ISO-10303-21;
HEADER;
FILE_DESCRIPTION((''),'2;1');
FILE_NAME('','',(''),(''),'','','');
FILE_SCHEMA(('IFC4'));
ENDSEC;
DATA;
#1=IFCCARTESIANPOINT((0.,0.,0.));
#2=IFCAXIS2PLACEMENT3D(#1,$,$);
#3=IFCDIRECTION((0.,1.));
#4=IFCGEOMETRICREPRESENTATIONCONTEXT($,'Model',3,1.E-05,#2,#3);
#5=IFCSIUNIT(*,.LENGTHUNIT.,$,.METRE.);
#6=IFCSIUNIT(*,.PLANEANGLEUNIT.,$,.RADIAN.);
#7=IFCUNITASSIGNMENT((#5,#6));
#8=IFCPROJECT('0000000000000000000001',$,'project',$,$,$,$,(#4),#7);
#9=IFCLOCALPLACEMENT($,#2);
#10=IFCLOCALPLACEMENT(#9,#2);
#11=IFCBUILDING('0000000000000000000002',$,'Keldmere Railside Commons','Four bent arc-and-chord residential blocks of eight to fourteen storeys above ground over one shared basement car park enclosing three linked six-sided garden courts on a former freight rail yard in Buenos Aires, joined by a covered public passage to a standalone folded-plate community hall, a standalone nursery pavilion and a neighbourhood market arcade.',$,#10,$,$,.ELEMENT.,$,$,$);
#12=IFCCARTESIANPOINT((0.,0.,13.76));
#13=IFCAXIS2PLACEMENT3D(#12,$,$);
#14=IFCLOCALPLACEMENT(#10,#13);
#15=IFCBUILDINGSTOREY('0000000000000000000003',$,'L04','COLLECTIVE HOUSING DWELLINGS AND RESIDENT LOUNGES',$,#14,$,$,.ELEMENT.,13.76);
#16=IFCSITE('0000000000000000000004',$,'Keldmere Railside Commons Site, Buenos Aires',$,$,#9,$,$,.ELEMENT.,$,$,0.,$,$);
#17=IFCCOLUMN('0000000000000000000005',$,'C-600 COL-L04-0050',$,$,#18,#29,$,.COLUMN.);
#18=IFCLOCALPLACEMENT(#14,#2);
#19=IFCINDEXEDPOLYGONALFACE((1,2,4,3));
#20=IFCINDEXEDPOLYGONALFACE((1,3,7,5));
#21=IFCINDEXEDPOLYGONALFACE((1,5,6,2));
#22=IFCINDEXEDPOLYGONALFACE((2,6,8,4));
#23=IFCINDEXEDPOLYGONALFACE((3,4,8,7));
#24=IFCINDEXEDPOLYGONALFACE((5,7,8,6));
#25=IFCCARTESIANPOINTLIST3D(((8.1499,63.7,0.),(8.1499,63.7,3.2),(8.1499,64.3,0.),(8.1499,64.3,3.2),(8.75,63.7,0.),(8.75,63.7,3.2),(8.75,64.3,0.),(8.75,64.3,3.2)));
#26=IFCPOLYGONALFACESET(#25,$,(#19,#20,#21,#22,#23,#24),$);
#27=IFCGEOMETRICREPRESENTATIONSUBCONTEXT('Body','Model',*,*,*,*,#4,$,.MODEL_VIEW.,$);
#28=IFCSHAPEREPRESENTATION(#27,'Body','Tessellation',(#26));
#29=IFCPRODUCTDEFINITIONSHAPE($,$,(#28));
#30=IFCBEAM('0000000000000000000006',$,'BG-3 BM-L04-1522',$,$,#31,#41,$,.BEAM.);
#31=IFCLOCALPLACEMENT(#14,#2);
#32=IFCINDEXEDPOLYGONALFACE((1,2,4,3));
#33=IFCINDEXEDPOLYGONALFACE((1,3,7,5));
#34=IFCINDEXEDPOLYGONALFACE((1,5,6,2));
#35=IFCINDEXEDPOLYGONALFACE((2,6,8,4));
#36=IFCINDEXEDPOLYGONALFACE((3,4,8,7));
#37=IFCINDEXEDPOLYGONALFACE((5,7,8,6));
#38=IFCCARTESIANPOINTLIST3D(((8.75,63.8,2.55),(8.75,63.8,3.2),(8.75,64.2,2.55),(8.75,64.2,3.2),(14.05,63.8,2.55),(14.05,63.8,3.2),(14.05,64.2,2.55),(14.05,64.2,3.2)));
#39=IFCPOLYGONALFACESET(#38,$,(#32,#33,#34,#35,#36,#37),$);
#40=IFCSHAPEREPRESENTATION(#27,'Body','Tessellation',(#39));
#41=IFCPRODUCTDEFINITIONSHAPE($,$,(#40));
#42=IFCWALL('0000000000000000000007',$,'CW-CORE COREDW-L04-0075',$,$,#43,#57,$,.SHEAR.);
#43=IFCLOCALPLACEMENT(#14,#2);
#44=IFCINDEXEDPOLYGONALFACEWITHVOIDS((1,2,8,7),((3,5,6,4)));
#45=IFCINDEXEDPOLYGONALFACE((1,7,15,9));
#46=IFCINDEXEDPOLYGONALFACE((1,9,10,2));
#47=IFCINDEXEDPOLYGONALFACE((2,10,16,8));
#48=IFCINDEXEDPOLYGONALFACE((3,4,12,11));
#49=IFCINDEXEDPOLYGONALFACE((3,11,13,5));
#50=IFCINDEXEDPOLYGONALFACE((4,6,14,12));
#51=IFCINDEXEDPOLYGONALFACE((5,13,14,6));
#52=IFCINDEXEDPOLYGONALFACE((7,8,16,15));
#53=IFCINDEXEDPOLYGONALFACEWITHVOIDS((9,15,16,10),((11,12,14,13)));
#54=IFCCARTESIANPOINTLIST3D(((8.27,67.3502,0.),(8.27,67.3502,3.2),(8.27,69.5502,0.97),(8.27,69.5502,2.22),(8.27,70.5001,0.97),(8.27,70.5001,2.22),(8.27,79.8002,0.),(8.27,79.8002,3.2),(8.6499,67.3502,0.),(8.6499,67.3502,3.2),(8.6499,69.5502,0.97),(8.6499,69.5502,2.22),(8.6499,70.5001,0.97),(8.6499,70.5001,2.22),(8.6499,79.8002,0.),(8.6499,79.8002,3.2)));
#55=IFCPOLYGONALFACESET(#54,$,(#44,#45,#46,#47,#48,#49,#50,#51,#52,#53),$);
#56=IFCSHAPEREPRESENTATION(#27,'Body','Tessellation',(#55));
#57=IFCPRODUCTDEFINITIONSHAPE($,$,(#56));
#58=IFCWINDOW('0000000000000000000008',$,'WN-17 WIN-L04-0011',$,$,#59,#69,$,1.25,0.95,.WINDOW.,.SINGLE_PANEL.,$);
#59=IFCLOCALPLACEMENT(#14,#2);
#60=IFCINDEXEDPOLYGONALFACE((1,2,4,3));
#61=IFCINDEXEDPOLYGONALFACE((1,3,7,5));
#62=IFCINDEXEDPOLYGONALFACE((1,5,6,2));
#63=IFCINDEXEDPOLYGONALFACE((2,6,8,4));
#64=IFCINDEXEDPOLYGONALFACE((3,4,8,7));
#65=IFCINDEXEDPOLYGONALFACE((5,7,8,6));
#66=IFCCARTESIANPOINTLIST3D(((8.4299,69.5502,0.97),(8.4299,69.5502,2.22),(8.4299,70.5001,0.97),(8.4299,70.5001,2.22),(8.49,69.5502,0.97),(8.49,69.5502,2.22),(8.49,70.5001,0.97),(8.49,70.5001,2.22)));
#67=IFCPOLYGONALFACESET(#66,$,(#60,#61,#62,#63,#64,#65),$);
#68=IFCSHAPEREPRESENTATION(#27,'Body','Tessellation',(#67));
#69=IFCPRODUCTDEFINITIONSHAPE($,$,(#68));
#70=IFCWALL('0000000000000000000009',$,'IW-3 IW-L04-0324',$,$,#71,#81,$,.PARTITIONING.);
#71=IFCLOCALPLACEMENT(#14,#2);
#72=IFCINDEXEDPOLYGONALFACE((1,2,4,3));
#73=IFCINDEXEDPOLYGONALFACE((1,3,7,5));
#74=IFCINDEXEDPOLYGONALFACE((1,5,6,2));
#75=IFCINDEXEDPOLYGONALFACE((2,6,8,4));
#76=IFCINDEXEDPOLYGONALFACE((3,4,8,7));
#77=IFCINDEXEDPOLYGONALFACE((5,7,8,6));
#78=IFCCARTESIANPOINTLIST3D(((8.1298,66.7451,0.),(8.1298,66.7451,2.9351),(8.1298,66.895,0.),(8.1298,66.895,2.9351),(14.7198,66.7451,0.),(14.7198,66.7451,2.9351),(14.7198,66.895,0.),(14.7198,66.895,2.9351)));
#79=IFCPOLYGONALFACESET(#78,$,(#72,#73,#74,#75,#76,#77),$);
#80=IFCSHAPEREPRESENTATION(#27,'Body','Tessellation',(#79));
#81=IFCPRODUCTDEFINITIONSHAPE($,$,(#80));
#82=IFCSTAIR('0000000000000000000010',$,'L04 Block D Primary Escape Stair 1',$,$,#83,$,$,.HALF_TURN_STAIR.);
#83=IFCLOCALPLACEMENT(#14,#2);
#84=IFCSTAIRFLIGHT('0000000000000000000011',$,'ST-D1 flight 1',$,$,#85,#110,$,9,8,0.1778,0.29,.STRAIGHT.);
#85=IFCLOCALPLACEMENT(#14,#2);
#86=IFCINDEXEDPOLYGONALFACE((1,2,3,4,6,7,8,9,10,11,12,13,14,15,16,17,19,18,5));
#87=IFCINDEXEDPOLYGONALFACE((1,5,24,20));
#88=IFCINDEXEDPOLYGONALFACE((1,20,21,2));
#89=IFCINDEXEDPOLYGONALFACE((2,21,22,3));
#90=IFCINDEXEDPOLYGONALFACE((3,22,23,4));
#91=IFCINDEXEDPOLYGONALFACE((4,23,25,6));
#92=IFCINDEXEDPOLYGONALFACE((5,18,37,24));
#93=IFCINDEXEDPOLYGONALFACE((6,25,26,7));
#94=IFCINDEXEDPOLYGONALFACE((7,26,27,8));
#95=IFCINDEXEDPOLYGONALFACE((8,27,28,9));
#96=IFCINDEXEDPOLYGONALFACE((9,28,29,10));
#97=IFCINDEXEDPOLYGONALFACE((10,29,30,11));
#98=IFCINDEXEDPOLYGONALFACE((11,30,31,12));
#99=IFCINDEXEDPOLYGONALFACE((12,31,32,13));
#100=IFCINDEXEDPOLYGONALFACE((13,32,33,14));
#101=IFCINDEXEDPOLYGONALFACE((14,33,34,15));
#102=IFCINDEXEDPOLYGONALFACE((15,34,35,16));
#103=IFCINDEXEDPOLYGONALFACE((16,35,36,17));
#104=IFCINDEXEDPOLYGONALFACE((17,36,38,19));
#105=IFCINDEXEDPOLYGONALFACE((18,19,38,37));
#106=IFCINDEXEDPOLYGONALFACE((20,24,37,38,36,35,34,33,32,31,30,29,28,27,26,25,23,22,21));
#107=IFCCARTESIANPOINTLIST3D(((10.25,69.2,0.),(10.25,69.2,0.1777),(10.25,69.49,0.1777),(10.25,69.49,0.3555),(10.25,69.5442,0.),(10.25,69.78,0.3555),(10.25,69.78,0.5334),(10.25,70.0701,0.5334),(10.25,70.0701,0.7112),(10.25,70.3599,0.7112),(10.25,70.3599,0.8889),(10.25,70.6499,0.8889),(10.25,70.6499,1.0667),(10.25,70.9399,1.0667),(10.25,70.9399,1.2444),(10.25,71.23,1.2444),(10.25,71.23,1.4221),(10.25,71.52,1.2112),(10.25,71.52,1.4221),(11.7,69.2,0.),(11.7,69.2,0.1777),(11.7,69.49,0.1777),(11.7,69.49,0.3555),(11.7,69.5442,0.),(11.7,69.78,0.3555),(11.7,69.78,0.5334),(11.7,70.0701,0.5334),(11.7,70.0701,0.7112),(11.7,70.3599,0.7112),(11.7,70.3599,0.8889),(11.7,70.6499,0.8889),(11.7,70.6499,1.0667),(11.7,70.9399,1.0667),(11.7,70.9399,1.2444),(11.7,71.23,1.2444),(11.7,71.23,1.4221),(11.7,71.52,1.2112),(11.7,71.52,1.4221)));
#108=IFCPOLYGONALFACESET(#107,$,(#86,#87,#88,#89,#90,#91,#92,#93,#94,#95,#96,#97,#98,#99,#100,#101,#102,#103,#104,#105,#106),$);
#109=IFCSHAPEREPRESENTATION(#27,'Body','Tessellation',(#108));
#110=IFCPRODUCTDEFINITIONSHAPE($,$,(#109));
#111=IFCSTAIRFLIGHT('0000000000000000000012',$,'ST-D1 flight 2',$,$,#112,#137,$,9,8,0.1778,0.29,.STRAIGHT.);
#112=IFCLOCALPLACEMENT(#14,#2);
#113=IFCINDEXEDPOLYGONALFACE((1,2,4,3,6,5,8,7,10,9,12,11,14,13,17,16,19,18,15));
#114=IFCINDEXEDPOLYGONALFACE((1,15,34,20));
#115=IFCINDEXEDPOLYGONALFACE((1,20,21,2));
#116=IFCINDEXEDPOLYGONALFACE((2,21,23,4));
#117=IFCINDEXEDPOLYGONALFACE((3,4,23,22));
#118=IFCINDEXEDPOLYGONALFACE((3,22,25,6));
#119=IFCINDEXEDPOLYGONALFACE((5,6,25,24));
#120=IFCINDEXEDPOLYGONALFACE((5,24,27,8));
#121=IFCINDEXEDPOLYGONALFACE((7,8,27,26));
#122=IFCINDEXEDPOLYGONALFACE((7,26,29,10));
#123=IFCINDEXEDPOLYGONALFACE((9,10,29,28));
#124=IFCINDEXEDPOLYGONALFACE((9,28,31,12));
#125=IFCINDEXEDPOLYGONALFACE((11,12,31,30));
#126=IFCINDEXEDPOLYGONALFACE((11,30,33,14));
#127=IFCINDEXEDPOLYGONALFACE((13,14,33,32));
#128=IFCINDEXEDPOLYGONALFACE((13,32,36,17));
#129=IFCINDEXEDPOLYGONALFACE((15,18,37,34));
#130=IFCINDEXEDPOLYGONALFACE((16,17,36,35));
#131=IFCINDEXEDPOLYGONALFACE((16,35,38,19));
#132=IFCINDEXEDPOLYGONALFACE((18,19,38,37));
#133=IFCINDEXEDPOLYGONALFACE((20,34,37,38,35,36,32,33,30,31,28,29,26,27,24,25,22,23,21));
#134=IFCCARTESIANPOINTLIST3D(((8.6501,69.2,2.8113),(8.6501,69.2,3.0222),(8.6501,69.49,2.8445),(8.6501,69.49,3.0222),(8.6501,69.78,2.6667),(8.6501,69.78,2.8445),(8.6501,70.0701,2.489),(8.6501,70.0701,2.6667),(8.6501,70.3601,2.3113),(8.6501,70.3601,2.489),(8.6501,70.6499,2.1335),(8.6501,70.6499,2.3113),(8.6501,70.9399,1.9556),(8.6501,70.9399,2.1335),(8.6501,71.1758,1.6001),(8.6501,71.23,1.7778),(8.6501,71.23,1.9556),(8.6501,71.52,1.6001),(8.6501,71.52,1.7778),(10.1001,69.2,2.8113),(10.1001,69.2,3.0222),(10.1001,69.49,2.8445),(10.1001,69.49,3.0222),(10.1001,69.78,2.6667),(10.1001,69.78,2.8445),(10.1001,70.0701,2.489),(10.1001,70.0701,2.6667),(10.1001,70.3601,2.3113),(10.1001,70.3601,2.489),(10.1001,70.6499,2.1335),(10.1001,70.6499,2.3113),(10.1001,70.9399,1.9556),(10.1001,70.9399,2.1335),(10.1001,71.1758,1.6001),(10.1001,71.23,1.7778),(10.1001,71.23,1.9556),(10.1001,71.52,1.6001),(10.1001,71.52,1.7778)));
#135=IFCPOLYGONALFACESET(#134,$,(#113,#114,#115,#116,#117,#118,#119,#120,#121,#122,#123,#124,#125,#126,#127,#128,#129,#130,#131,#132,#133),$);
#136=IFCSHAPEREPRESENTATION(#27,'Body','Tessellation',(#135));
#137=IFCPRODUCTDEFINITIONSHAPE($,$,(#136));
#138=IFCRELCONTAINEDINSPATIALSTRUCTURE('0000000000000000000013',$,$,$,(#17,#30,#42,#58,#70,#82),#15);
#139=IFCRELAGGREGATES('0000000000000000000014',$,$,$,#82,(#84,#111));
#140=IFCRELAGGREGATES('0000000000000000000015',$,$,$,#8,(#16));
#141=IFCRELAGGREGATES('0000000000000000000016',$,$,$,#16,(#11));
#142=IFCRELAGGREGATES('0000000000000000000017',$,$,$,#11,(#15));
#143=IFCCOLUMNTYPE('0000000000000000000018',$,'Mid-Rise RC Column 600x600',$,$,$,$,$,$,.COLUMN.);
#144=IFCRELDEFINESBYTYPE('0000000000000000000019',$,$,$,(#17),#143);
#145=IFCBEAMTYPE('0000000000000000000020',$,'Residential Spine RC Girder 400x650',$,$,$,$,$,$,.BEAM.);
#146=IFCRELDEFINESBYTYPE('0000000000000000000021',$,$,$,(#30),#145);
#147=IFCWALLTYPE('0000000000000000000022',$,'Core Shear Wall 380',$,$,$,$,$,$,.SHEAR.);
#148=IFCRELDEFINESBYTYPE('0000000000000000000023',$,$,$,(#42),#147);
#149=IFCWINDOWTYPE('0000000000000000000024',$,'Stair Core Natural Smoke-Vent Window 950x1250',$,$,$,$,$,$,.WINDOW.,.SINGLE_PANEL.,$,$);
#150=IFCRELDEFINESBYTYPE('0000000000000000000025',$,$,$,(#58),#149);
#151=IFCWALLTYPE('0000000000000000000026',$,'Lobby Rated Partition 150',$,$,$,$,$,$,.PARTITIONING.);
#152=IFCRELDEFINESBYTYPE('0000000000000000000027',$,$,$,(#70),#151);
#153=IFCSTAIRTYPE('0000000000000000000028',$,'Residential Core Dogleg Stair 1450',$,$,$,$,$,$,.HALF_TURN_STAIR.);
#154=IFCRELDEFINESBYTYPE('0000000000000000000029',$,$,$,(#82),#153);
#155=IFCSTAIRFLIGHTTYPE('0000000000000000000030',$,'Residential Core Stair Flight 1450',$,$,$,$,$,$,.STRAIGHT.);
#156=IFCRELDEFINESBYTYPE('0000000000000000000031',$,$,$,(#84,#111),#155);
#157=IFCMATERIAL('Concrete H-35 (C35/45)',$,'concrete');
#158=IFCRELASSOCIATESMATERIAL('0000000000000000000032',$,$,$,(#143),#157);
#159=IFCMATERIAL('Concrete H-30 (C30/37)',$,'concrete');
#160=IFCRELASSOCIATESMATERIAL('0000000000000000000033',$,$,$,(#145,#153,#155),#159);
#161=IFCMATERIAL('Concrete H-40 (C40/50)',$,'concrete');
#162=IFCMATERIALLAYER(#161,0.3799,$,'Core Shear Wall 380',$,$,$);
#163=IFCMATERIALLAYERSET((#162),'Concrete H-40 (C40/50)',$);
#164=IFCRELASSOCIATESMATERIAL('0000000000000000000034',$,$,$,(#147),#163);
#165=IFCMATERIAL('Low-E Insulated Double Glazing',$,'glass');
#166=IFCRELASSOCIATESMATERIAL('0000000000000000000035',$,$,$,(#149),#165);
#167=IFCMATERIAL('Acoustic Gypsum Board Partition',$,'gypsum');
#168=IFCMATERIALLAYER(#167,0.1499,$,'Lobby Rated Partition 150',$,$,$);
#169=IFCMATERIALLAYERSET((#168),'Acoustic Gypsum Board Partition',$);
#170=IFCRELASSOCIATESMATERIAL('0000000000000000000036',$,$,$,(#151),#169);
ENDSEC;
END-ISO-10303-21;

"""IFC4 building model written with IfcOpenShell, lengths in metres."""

from ifc_helpers import new_model, si_unit, direction, frame, frame_2d, origin, origin_2d, place, context, subcontext, project, spatial, polyline, rectangle, outline, extrude, material, layer, layer_set, material_profile, profile_set, type_object, element, fill, aggregate, save


model = new_model("IFC4")

# Units and contexts
model_context = context("Model", 3, precision=1e-05, world=origin(), true_north=direction((0.0, 1.0)))
body_context = subcontext(model_context, "Body", "Model", "MODEL_VIEW")
ifc_project = project(units=[si_unit("LENGTHUNIT", "METRE"), si_unit("PLANEANGLEUNIT", "RADIAN")], contexts=[model_context])

# Site, building, storey
site_placement = place(None, origin())
site = spatial("IfcSite", under=ifc_project, at=site_placement, Name="Keldmere Railside Commons Site, Buenos Aires", CompositionType="ELEMENT", RefElevation=0.0)
building_placement = place(site_placement, origin())
building = spatial("IfcBuilding", under=site, at=building_placement, Name="Keldmere Railside Commons", Description="Four bent arc-and-chord residential blocks of eight to fourteen storeys above ground over one shared basement car park enclosing three linked six-sided garden courts on a former freight rail yard in Buenos Aires, joined by a covered public passage to a standalone folded-plate community hall, a standalone nursery pavilion and a neighbourhood market arcade.", CompositionType="ELEMENT")
storey_placement = place(building_placement, frame((0.0, 0.0, 13.76)))
storey = spatial("IfcBuildingStorey", under=building, at=storey_placement, Name="L04", Description="COLLECTIVE HOUSING DWELLINGS AND RESIDENT LOUNGES", CompositionType="ELEMENT", Elevation=13.76)

# Column
ifc_material_1 = material(Name="Concrete H-35 (C35/45)", Category="concrete")
ifc_material_profile_1 = material_profile(ifc_material_1, rectangle(XDim=0.6001, YDim=0.6001, at=origin_2d()), Name="RC-600x600")
ifc_profile_set_1 = profile_set([ifc_material_profile_1], Name="Concrete H-35 (C35/45)")
column_type = type_object("IfcColumnType", Name="Mid-Rise RC Column 600x600", PredefinedType="COLUMN", material=ifc_profile_set_1)
column_placement = place(storey_placement, frame((8.45, 64.0, 0.0), z_axis=(0.0, 0.0, 1.0), x_axis=(1.0, 0.0, 0.0)))
element("IfcColumn", 1, at=column_placement, inside=storey, type_object=column_type, Name="C-600 COL-L04-0050", PredefinedType="COLUMN", context=body_context, shape_type="SweptSolid", body=[
    extrude(rectangle(XDim=0.6001, YDim=0.6001, at=origin_2d()), origin(), (0.0, 0.0, 1.0), 3.2),
])

# Beam
ifc_material_2 = material(Name="Concrete H-30 (C30/37)", Category="concrete")
ifc_material_profile_2 = material_profile(ifc_material_2, rectangle(XDim=0.3999, YDim=0.6499, at=origin_2d()), Name="RC-400x650")
ifc_profile_set_2 = profile_set([ifc_material_profile_2], Name="Concrete H-30 (C30/37)")
beam_type = type_object("IfcBeamType", Name="Residential Spine RC Girder 400x650", PredefinedType="BEAM", material=ifc_profile_set_2)
beam_placement = place(storey_placement, frame((8.75, 64.0, 2.875), z_axis=(1.0, 0.0, 0.0), x_axis=(0.0, 1.0, 0.0)))
element("IfcBeam", 2, at=beam_placement, inside=storey, type_object=beam_type, Name="BG-3 BM-L04-1522", PredefinedType="BEAM", context=body_context, shape_type="SweptSolid", body=[
    extrude(rectangle(XDim=0.3999, YDim=0.6499, at=origin_2d()), origin(), (0.0, 0.0, 1.0), 5.3),
])

# Wall, opening, window
ifc_material_3 = material(Name="Concrete H-40 (C40/50)", Category="concrete")
ifc_layer_1 = layer(ifc_material_3, 0.3799, Name="Core Shear Wall 380")
ifc_layer_set_1 = layer_set([ifc_layer_1], Name="Concrete H-40 (C40/50)")
wall_type_1 = type_object("IfcWallType", Name="Core Shear Wall 380", PredefinedType="SHEAR", material=ifc_layer_set_1)
wall_1_placement = place(storey_placement, frame((8.46, 67.3501, 0.0), z_axis=(0.0, 0.0, 1.0), x_axis=(0.0, 1.0, 0.0)))
wall_1 = element("IfcWall", 3, at=wall_1_placement, inside=storey, type_object=wall_type_1, Name="CW-CORE COREDW-L04-0075", PredefinedType="SHEAR", context=body_context, shape_type="SweptSolid", body=[
    extrude(rectangle(XDim=12.45, YDim=0.3799, at=frame_2d((6.2251, 0.0))), origin(), (0.0, 0.0, 1.0), 3.2),
])
opening_placement = place(wall_1_placement, frame((2.2, 0.0, 0.97)))
opening = element("IfcOpeningElement", 4, at=opening_placement, cuts=wall_1, PredefinedType="OPENING", context=body_context, shape_type="SweptSolid", body=[
    extrude(rectangle(XDim=0.95, YDim=1.25, at=frame_2d((0.4751, 0.625))), frame((0.0, 0.2, 0.0), z_axis=(0.0, -1.0, 0.0), x_axis=(1.0, 0.0, 0.0)), (0.0, 0.0, 1.0), 0.3999),
])
ifc_material_4 = material(Name="Low-E Insulated Double Glazing", Category="glass")
window_type = type_object("IfcWindowType", Name="Stair Core Natural Smoke-Vent Window 950x1250", PartitioningType="SINGLE_PANEL", PredefinedType="WINDOW", material=ifc_material_4)
window_placement = place(opening_placement, origin())
window = element("IfcWindow", 5, at=window_placement, inside=storey, type_object=window_type, Name="WN-17 WIN-L04-0011", OverallHeight=1.25, OverallWidth=0.95, PartitioningType="SINGLE_PANEL", PredefinedType="WINDOW", context=body_context, shape_type="SweptSolid", body=[
    extrude(rectangle(XDim=0.95, YDim=1.25, at=frame_2d((0.4751, 0.625))), frame((0.0, 0.03, 0.0), z_axis=(0.0, -1.0, 0.0), x_axis=(1.0, 0.0, 0.0)), (0.0, 0.0, 1.0), 0.0601),
])
fill(opening, window)

# Wall
ifc_material_5 = material(Name="Acoustic Gypsum Board Partition", Category="gypsum")
ifc_layer_2 = layer(ifc_material_5, 0.1499, Name="Lobby Rated Partition 150")
ifc_layer_set_2 = layer_set([ifc_layer_2], Name="Acoustic Gypsum Board Partition")
wall_type_2 = type_object("IfcWallType", Name="Lobby Rated Partition 150", PredefinedType="PARTITIONING", material=ifc_layer_set_2)
wall_2_placement = place(storey_placement, frame((8.1299, 66.8201, 0.0), z_axis=(0.0, 0.0, 1.0), x_axis=(1.0, 0.0, 0.0)))
element("IfcWall", 6, at=wall_2_placement, inside=storey, type_object=wall_type_2, Name="IW-3 IW-L04-0324", PredefinedType="PARTITIONING", context=body_context, shape_type="SweptSolid", body=[
    extrude(rectangle(XDim=6.5901, YDim=0.1499, at=frame_2d((3.2949, 0.0))), origin(), (0.0, 0.0, 1.0), 2.9351),
])

# Stair, stair flights
stair_type = type_object("IfcStairType", Name="Residential Core Dogleg Stair 1450", PredefinedType="HALF_TURN_STAIR", material=ifc_material_2)
stair_placement = place(storey_placement, origin())
stair = element("IfcStair", 7, at=stair_placement, inside=storey, type_object=stair_type, Name="L04 Block D Primary Escape Stair 1", PredefinedType="HALF_TURN_STAIR")
stair_flight_type = type_object("IfcStairFlightType", Name="Residential Core Stair Flight 1450", PredefinedType="STRAIGHT", material=ifc_material_2)
stair_flight_1_placement = place(storey_placement, frame((10.9751, 69.2, 0.0), z_axis=(0.0, 0.0, 1.0), x_axis=(0.0, 1.0, 0.0)))
stair_flight_1 = element("IfcStairFlight", 8, at=stair_flight_1_placement, type_object=stair_flight_type, Name="ST-D1 flight 1", NumberOfRisers=9, NumberOfTreads=8, PredefinedType="STRAIGHT", RiserHeight=0.1778, TreadLength=0.29, context=body_context, shape_type="SweptSolid", body=[
    extrude(outline(polyline([(0.0, 0.0), (0.0, 0.1777), (0.29, 0.1777), (0.29, 0.3555), (0.5801, 0.3555), (0.5801, 0.5334), (0.8701, 0.5334), (0.8701, 0.7112), (1.1599, 0.7112), (1.1599, 0.8889), (1.45, 0.8889), (1.45, 1.0667), (1.74, 1.0667), (1.74, 1.2444), (2.03, 1.2444), (2.03, 1.4221), (2.3201, 1.4221), (2.3201, 1.6001), (2.3201, 1.2112), (0.3442, 0.0), (0.0, 0.0)])), frame((0.0, 0.7251, 0.0), z_axis=(0.0, -1.0, 0.0), x_axis=(1.0, 0.0, 0.0)), (0.0, 0.0, 1.0), 1.45),
])
stair_flight_2_placement = place(storey_placement, frame((9.375, 71.52, 1.6001), z_axis=(0.0, 0.0, 1.0), x_axis=(0.0, -1.0, 0.0)))
stair_flight_2 = element("IfcStairFlight", 9, at=stair_flight_2_placement, type_object=stair_flight_type, Name="ST-D1 flight 2", NumberOfRisers=9, NumberOfTreads=8, PredefinedType="STRAIGHT", RiserHeight=0.1778, TreadLength=0.29, context=body_context, shape_type="SweptSolid", body=[
    extrude(outline(polyline([(0.0, 0.0), (0.0, 0.1777), (0.29, 0.1777), (0.29, 0.3555), (0.5801, 0.3555), (0.5801, 0.5334), (0.8701, 0.5334), (0.8701, 0.7112), (1.1599, 0.7112), (1.1599, 0.8889), (1.45, 0.8889), (1.45, 1.0667), (1.74, 1.0667), (1.74, 1.2444), (2.03, 1.2444), (2.03, 1.4221), (2.3201, 1.4221), (2.3201, 1.6001), (2.3201, 1.2112), (0.3442, 0.0), (0.0, 0.0)])), frame((0.0, 0.7251, 0.0), z_axis=(0.0, -1.0, 0.0), x_axis=(1.0, 0.0, 0.0)), (0.0, 0.0, 1.0), 1.45),
])
aggregate(stair, [stair_flight_1, stair_flight_2])

save(model, "model.ifc")
